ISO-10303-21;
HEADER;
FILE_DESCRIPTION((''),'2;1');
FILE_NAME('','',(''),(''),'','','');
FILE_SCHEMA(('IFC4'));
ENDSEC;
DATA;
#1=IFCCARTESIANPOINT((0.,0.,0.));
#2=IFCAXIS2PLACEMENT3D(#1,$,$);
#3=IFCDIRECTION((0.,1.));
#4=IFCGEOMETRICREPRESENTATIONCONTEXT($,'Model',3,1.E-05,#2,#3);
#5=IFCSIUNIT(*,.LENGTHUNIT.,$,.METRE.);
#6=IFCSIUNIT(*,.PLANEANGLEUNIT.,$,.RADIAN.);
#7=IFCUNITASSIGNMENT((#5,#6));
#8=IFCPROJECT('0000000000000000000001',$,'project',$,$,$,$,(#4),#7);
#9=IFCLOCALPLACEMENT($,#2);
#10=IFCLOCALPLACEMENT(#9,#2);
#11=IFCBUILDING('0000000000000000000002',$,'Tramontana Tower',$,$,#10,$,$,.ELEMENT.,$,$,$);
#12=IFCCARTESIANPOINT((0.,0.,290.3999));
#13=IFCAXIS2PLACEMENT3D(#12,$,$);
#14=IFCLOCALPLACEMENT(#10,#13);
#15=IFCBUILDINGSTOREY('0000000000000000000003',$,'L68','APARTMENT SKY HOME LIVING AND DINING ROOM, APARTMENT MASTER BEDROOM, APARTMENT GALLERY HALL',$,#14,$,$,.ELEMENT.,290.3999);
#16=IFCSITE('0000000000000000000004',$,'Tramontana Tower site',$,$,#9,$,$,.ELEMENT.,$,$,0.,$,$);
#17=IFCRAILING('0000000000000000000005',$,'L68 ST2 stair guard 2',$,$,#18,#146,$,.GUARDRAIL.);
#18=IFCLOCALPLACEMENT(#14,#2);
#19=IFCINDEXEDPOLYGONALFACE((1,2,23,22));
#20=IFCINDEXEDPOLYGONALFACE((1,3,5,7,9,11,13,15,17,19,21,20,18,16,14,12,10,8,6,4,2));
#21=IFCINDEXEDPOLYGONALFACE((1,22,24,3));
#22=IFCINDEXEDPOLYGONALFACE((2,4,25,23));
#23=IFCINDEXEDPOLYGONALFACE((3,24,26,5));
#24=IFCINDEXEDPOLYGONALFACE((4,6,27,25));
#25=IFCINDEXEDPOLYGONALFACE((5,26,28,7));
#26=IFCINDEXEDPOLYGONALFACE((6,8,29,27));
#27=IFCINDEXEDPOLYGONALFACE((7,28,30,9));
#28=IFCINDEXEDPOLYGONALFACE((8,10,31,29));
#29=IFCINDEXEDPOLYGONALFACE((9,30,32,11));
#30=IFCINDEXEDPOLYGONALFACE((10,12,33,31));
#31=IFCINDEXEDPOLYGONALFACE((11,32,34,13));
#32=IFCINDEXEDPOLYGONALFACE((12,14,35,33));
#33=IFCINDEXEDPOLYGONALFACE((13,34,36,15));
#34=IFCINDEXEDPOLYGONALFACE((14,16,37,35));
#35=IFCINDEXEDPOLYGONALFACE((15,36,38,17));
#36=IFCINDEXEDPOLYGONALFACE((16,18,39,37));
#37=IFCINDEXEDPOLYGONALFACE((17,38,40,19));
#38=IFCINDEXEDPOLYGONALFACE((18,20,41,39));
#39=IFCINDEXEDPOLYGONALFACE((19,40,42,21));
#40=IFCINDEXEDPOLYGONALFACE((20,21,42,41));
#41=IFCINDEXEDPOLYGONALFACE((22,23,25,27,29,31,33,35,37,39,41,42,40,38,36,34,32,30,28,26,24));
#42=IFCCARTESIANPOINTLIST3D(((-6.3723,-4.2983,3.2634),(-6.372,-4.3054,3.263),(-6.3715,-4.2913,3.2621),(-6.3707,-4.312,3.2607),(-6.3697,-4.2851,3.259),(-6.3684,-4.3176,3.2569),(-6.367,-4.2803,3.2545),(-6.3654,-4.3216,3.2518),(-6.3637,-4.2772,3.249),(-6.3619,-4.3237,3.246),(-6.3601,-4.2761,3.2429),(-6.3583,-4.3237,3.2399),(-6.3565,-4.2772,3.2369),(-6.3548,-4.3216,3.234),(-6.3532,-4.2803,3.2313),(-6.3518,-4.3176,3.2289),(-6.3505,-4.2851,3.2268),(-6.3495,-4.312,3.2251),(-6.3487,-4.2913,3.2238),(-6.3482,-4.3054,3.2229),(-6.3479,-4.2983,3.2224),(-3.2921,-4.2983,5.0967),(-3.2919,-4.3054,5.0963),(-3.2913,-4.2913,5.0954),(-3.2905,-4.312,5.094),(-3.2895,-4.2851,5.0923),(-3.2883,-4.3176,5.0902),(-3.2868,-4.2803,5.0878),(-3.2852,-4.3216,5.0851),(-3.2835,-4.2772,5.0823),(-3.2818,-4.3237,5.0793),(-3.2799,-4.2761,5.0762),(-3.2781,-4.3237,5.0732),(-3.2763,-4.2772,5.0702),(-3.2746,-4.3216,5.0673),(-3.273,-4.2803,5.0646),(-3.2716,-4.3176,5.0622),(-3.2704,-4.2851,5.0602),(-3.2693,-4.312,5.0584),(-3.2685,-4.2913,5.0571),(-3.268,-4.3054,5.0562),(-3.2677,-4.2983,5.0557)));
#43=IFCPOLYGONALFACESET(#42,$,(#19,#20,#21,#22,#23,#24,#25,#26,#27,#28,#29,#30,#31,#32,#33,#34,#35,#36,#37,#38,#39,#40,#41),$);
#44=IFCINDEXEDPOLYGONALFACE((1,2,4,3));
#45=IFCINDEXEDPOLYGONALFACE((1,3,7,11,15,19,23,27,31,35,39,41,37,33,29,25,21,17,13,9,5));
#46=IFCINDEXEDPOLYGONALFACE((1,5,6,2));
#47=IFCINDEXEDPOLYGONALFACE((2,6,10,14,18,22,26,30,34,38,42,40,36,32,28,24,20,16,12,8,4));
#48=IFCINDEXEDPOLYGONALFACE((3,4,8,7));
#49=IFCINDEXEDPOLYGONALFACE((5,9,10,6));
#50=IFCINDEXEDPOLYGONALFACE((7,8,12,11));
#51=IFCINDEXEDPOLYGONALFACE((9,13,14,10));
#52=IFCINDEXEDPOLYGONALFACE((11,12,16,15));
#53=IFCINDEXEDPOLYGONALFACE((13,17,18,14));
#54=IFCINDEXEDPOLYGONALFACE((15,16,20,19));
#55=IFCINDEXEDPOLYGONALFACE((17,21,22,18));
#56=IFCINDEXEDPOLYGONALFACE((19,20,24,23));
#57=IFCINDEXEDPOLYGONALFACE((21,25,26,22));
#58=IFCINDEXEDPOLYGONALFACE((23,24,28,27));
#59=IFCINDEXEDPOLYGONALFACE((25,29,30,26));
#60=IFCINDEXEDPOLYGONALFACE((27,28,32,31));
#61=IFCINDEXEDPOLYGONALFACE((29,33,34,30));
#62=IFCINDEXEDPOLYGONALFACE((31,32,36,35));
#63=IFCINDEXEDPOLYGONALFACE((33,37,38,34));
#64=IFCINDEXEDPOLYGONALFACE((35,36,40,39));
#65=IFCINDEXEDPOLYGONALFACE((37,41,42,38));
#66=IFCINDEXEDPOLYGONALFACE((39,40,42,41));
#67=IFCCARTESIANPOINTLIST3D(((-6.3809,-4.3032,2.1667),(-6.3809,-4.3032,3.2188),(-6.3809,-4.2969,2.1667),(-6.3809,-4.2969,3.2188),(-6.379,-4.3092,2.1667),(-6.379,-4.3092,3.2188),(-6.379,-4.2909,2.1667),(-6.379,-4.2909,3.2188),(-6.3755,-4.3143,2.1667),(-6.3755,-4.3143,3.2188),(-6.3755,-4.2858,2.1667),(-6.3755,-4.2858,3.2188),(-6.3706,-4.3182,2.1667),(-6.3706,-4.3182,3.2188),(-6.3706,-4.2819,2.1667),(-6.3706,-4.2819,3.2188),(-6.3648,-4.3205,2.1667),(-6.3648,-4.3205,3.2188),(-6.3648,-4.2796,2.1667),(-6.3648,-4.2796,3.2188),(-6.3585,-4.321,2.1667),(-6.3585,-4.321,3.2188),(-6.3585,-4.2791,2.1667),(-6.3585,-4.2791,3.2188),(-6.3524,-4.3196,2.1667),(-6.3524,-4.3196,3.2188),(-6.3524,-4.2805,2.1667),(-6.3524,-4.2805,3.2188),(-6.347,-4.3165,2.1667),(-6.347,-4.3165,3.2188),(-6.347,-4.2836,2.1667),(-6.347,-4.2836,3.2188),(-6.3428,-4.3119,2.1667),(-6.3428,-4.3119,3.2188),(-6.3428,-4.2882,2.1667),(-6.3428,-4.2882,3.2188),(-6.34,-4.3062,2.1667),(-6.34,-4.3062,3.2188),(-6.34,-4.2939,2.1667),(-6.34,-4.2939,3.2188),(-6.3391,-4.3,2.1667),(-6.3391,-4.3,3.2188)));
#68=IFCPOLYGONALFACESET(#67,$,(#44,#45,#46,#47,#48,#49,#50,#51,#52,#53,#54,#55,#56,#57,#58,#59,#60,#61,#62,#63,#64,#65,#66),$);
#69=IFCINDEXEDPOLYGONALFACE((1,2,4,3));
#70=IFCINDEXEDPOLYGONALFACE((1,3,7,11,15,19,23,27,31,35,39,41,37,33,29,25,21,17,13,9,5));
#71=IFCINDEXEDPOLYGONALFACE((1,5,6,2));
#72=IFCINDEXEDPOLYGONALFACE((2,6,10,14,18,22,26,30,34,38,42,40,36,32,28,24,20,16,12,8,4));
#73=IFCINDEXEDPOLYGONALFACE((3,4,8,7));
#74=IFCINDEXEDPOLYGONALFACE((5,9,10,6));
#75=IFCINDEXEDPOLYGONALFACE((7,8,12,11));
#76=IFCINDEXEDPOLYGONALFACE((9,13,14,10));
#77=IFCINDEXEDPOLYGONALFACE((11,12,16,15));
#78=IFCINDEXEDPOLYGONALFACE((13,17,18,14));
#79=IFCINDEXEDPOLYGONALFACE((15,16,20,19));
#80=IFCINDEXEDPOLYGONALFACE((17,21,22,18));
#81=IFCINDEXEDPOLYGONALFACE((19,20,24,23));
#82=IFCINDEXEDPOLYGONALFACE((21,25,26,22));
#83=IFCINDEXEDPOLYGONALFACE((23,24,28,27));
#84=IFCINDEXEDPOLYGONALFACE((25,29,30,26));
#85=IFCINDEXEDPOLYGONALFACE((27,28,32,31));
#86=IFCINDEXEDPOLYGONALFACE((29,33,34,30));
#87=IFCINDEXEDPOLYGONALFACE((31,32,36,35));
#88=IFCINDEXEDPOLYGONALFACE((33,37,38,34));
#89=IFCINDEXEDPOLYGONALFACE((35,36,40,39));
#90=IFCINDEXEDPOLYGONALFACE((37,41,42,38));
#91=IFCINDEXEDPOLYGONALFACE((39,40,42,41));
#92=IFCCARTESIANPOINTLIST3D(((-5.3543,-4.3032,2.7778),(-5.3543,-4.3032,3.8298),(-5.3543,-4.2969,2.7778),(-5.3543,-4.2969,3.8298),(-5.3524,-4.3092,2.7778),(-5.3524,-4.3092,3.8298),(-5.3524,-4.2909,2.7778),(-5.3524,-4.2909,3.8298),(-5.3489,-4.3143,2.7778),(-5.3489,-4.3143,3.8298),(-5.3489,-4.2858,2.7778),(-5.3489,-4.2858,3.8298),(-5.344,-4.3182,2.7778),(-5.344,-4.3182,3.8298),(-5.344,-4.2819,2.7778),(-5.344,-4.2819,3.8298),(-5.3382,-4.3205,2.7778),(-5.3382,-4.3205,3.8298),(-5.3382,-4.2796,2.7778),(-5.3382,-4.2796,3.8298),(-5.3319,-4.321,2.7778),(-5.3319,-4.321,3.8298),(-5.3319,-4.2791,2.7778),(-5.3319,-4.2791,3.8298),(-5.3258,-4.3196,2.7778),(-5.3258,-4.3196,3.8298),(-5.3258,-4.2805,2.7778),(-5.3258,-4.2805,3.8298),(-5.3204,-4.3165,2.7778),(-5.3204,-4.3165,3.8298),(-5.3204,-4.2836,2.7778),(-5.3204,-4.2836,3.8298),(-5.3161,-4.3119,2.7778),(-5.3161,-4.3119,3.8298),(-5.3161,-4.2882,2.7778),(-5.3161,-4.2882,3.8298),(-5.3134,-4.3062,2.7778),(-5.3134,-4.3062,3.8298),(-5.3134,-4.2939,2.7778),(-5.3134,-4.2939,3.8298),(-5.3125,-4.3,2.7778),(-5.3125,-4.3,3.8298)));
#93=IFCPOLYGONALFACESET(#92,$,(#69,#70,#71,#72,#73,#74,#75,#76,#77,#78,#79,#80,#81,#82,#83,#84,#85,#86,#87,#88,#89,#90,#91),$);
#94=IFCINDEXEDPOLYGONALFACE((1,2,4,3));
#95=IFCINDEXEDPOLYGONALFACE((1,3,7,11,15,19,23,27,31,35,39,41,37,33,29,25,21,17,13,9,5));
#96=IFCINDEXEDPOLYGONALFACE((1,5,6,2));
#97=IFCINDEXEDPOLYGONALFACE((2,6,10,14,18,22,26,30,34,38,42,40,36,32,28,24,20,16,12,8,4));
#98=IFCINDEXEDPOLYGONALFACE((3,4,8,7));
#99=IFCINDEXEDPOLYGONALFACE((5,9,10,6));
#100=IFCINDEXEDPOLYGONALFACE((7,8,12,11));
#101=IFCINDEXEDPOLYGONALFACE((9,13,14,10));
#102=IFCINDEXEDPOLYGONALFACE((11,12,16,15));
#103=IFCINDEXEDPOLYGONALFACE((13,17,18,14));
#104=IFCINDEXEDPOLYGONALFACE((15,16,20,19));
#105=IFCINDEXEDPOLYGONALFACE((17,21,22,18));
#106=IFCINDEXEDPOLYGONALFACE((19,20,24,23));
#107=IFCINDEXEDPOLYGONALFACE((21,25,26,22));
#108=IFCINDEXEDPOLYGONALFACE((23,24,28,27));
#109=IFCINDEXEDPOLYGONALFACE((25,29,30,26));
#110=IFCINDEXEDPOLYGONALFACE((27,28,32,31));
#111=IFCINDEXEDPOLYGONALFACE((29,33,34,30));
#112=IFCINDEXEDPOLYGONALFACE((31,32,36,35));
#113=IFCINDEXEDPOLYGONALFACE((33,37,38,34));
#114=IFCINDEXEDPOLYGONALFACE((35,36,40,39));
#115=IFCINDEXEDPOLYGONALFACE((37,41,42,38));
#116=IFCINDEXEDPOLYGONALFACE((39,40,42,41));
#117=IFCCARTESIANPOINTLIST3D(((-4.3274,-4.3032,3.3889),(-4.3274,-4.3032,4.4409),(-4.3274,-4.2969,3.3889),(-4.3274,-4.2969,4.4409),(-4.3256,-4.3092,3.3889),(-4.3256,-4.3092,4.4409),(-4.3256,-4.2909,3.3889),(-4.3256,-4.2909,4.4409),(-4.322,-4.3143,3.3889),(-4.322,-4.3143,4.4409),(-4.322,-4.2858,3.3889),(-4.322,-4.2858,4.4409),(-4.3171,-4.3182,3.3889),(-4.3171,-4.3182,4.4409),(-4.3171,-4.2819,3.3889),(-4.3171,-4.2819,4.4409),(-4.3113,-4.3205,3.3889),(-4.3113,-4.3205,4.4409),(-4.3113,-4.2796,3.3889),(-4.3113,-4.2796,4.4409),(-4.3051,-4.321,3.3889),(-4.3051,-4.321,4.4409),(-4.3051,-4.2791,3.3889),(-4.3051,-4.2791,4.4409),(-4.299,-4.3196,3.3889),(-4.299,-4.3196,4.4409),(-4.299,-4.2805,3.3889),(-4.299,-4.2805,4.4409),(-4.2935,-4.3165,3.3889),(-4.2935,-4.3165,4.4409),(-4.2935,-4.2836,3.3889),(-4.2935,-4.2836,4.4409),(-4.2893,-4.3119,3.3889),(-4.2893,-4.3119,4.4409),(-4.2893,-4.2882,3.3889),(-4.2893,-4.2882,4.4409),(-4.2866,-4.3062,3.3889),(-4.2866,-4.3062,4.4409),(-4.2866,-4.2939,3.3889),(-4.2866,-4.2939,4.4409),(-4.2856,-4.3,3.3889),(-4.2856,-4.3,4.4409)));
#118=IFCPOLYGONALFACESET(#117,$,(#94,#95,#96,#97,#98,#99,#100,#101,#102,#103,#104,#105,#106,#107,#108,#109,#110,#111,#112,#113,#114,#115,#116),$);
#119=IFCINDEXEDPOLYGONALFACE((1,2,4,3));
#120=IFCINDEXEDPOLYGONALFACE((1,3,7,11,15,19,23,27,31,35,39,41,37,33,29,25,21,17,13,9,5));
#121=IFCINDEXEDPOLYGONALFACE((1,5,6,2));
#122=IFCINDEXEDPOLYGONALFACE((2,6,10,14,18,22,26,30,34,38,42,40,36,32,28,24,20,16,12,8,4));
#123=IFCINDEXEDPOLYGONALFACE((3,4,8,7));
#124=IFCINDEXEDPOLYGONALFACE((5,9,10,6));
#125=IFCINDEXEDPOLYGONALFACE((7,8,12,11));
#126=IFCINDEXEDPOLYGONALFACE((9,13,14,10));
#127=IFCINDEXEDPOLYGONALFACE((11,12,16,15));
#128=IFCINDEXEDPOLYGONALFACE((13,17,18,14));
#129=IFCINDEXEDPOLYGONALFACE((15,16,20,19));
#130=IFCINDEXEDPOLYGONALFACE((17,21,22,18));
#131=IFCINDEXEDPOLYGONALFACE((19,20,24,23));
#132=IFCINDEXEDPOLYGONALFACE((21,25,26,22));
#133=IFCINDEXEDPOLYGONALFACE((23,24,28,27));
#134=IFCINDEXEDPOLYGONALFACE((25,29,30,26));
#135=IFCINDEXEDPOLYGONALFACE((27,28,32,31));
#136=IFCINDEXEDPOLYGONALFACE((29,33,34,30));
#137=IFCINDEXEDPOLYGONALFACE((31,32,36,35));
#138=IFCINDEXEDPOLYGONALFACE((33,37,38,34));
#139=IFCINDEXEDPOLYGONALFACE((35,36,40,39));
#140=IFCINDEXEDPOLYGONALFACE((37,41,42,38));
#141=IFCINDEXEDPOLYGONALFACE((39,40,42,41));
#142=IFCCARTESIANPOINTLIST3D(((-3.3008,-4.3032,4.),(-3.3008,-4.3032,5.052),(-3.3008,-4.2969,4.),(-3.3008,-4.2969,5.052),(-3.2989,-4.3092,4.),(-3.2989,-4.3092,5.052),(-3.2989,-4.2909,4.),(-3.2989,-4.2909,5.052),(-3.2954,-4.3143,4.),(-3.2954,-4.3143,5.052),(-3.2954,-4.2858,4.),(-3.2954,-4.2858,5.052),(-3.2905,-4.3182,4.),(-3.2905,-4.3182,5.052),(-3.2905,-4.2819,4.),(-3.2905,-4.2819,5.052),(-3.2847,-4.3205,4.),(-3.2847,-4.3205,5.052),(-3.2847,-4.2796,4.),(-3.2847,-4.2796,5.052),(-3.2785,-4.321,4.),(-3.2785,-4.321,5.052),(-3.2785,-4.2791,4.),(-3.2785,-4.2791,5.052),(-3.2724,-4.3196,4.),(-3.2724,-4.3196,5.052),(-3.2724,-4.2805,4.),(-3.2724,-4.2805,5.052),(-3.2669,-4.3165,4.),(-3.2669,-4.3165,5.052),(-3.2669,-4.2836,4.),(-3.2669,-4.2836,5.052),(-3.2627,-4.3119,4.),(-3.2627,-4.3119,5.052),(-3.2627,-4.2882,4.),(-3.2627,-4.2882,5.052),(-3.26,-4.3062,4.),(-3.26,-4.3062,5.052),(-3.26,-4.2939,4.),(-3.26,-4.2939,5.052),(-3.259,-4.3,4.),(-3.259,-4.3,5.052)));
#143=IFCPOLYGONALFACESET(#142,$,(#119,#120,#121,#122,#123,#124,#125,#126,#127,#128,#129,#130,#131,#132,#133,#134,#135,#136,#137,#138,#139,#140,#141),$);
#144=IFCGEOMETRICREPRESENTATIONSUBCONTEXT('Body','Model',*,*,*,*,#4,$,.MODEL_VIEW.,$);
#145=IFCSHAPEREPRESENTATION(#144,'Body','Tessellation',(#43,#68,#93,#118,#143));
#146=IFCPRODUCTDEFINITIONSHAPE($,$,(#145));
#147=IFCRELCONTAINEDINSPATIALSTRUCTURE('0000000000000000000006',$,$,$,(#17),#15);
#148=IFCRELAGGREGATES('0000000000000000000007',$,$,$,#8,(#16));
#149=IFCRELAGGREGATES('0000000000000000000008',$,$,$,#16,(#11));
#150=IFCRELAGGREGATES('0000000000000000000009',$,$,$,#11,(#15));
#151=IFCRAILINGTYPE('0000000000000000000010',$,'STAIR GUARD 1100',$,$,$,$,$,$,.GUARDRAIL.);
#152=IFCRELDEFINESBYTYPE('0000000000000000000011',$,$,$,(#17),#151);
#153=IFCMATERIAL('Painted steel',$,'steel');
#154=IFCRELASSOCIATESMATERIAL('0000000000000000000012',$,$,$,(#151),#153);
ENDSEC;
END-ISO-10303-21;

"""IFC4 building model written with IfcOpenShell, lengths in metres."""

from ifc_helpers import new_model, si_unit, direction, frame, origin, origin_2d, place, context, subcontext, project, spatial, circle, extrude, material, type_object, element, save


model = new_model("IFC4")

# Units and contexts
model_context = context("Model", 3, precision=1e-05, world=origin(), true_north=direction((0.0, 1.0)))
body_context = subcontext(model_context, "Body", "Model", "MODEL_VIEW")
ifc_project = project(units=[si_unit("LENGTHUNIT", "METRE"), si_unit("PLANEANGLEUNIT", "RADIAN")], contexts=[model_context])

# Site, building, storey
site_placement = place(None, origin())
site = spatial("IfcSite", under=ifc_project, at=site_placement, Name="Tramontana Tower site", CompositionType="ELEMENT", RefElevation=0.0)
building_placement = place(site_placement, origin())
building = spatial("IfcBuilding", under=site, at=building_placement, Name="Tramontana Tower", CompositionType="ELEMENT")
storey_placement = place(building_placement, frame((0.0, 0.0, 290.3999)))
storey = spatial("IfcBuildingStorey", under=building, at=storey_placement, Name="L68", Description="APARTMENT SKY HOME LIVING AND DINING ROOM, APARTMENT MASTER BEDROOM, APARTMENT GALLERY HALL", CompositionType="ELEMENT", Elevation=290.3999)

# Railing
ifc_material_1 = material(Name="Painted steel", Category="steel")
railing_type_1 = type_object("IfcRailingType", Name="STAIR GUARD 1100", PredefinedType="GUARDRAIL", material=ifc_material_1)
railing_1_placement = place(storey_placement, frame((-6.3601, -4.3, 2.1667)))
element("IfcRailing", 1, at=railing_1_placement, inside=storey, type_object=railing_type_1, Name="L68 ST2 stair guard 2", PredefinedType="GUARDRAIL", context=body_context, shape_type="SweptSolid", body=[
    extrude(circle(Radius=0.0239, at=origin_2d()), frame((0.0, 0.0, 1.0762), z_axis=(0.859309, 0.0, 0.511458), x_axis=(0.0, 1.0, 0.0)), (0.0, 0.0, 1.0), 3.5845),
    extrude(circle(Radius=0.021, at=origin_2d()), origin(), (0.0, 0.0, 1.0), 1.052),
    extrude(circle(Radius=0.021, at=origin_2d()), frame((1.0266, 0.0, 0.6111)), (0.0, 0.0, 1.0), 1.052),
    extrude(circle(Radius=0.021, at=origin_2d()), frame((2.0535, 0.0, 1.2222)), (0.0, 0.0, 1.0), 1.052),
    extrude(circle(Radius=0.021, at=origin_2d()), frame((3.0801, 0.0, 1.8333)), (0.0, 0.0, 1.0), 1.052),
])

save(model, "model.ifc")
